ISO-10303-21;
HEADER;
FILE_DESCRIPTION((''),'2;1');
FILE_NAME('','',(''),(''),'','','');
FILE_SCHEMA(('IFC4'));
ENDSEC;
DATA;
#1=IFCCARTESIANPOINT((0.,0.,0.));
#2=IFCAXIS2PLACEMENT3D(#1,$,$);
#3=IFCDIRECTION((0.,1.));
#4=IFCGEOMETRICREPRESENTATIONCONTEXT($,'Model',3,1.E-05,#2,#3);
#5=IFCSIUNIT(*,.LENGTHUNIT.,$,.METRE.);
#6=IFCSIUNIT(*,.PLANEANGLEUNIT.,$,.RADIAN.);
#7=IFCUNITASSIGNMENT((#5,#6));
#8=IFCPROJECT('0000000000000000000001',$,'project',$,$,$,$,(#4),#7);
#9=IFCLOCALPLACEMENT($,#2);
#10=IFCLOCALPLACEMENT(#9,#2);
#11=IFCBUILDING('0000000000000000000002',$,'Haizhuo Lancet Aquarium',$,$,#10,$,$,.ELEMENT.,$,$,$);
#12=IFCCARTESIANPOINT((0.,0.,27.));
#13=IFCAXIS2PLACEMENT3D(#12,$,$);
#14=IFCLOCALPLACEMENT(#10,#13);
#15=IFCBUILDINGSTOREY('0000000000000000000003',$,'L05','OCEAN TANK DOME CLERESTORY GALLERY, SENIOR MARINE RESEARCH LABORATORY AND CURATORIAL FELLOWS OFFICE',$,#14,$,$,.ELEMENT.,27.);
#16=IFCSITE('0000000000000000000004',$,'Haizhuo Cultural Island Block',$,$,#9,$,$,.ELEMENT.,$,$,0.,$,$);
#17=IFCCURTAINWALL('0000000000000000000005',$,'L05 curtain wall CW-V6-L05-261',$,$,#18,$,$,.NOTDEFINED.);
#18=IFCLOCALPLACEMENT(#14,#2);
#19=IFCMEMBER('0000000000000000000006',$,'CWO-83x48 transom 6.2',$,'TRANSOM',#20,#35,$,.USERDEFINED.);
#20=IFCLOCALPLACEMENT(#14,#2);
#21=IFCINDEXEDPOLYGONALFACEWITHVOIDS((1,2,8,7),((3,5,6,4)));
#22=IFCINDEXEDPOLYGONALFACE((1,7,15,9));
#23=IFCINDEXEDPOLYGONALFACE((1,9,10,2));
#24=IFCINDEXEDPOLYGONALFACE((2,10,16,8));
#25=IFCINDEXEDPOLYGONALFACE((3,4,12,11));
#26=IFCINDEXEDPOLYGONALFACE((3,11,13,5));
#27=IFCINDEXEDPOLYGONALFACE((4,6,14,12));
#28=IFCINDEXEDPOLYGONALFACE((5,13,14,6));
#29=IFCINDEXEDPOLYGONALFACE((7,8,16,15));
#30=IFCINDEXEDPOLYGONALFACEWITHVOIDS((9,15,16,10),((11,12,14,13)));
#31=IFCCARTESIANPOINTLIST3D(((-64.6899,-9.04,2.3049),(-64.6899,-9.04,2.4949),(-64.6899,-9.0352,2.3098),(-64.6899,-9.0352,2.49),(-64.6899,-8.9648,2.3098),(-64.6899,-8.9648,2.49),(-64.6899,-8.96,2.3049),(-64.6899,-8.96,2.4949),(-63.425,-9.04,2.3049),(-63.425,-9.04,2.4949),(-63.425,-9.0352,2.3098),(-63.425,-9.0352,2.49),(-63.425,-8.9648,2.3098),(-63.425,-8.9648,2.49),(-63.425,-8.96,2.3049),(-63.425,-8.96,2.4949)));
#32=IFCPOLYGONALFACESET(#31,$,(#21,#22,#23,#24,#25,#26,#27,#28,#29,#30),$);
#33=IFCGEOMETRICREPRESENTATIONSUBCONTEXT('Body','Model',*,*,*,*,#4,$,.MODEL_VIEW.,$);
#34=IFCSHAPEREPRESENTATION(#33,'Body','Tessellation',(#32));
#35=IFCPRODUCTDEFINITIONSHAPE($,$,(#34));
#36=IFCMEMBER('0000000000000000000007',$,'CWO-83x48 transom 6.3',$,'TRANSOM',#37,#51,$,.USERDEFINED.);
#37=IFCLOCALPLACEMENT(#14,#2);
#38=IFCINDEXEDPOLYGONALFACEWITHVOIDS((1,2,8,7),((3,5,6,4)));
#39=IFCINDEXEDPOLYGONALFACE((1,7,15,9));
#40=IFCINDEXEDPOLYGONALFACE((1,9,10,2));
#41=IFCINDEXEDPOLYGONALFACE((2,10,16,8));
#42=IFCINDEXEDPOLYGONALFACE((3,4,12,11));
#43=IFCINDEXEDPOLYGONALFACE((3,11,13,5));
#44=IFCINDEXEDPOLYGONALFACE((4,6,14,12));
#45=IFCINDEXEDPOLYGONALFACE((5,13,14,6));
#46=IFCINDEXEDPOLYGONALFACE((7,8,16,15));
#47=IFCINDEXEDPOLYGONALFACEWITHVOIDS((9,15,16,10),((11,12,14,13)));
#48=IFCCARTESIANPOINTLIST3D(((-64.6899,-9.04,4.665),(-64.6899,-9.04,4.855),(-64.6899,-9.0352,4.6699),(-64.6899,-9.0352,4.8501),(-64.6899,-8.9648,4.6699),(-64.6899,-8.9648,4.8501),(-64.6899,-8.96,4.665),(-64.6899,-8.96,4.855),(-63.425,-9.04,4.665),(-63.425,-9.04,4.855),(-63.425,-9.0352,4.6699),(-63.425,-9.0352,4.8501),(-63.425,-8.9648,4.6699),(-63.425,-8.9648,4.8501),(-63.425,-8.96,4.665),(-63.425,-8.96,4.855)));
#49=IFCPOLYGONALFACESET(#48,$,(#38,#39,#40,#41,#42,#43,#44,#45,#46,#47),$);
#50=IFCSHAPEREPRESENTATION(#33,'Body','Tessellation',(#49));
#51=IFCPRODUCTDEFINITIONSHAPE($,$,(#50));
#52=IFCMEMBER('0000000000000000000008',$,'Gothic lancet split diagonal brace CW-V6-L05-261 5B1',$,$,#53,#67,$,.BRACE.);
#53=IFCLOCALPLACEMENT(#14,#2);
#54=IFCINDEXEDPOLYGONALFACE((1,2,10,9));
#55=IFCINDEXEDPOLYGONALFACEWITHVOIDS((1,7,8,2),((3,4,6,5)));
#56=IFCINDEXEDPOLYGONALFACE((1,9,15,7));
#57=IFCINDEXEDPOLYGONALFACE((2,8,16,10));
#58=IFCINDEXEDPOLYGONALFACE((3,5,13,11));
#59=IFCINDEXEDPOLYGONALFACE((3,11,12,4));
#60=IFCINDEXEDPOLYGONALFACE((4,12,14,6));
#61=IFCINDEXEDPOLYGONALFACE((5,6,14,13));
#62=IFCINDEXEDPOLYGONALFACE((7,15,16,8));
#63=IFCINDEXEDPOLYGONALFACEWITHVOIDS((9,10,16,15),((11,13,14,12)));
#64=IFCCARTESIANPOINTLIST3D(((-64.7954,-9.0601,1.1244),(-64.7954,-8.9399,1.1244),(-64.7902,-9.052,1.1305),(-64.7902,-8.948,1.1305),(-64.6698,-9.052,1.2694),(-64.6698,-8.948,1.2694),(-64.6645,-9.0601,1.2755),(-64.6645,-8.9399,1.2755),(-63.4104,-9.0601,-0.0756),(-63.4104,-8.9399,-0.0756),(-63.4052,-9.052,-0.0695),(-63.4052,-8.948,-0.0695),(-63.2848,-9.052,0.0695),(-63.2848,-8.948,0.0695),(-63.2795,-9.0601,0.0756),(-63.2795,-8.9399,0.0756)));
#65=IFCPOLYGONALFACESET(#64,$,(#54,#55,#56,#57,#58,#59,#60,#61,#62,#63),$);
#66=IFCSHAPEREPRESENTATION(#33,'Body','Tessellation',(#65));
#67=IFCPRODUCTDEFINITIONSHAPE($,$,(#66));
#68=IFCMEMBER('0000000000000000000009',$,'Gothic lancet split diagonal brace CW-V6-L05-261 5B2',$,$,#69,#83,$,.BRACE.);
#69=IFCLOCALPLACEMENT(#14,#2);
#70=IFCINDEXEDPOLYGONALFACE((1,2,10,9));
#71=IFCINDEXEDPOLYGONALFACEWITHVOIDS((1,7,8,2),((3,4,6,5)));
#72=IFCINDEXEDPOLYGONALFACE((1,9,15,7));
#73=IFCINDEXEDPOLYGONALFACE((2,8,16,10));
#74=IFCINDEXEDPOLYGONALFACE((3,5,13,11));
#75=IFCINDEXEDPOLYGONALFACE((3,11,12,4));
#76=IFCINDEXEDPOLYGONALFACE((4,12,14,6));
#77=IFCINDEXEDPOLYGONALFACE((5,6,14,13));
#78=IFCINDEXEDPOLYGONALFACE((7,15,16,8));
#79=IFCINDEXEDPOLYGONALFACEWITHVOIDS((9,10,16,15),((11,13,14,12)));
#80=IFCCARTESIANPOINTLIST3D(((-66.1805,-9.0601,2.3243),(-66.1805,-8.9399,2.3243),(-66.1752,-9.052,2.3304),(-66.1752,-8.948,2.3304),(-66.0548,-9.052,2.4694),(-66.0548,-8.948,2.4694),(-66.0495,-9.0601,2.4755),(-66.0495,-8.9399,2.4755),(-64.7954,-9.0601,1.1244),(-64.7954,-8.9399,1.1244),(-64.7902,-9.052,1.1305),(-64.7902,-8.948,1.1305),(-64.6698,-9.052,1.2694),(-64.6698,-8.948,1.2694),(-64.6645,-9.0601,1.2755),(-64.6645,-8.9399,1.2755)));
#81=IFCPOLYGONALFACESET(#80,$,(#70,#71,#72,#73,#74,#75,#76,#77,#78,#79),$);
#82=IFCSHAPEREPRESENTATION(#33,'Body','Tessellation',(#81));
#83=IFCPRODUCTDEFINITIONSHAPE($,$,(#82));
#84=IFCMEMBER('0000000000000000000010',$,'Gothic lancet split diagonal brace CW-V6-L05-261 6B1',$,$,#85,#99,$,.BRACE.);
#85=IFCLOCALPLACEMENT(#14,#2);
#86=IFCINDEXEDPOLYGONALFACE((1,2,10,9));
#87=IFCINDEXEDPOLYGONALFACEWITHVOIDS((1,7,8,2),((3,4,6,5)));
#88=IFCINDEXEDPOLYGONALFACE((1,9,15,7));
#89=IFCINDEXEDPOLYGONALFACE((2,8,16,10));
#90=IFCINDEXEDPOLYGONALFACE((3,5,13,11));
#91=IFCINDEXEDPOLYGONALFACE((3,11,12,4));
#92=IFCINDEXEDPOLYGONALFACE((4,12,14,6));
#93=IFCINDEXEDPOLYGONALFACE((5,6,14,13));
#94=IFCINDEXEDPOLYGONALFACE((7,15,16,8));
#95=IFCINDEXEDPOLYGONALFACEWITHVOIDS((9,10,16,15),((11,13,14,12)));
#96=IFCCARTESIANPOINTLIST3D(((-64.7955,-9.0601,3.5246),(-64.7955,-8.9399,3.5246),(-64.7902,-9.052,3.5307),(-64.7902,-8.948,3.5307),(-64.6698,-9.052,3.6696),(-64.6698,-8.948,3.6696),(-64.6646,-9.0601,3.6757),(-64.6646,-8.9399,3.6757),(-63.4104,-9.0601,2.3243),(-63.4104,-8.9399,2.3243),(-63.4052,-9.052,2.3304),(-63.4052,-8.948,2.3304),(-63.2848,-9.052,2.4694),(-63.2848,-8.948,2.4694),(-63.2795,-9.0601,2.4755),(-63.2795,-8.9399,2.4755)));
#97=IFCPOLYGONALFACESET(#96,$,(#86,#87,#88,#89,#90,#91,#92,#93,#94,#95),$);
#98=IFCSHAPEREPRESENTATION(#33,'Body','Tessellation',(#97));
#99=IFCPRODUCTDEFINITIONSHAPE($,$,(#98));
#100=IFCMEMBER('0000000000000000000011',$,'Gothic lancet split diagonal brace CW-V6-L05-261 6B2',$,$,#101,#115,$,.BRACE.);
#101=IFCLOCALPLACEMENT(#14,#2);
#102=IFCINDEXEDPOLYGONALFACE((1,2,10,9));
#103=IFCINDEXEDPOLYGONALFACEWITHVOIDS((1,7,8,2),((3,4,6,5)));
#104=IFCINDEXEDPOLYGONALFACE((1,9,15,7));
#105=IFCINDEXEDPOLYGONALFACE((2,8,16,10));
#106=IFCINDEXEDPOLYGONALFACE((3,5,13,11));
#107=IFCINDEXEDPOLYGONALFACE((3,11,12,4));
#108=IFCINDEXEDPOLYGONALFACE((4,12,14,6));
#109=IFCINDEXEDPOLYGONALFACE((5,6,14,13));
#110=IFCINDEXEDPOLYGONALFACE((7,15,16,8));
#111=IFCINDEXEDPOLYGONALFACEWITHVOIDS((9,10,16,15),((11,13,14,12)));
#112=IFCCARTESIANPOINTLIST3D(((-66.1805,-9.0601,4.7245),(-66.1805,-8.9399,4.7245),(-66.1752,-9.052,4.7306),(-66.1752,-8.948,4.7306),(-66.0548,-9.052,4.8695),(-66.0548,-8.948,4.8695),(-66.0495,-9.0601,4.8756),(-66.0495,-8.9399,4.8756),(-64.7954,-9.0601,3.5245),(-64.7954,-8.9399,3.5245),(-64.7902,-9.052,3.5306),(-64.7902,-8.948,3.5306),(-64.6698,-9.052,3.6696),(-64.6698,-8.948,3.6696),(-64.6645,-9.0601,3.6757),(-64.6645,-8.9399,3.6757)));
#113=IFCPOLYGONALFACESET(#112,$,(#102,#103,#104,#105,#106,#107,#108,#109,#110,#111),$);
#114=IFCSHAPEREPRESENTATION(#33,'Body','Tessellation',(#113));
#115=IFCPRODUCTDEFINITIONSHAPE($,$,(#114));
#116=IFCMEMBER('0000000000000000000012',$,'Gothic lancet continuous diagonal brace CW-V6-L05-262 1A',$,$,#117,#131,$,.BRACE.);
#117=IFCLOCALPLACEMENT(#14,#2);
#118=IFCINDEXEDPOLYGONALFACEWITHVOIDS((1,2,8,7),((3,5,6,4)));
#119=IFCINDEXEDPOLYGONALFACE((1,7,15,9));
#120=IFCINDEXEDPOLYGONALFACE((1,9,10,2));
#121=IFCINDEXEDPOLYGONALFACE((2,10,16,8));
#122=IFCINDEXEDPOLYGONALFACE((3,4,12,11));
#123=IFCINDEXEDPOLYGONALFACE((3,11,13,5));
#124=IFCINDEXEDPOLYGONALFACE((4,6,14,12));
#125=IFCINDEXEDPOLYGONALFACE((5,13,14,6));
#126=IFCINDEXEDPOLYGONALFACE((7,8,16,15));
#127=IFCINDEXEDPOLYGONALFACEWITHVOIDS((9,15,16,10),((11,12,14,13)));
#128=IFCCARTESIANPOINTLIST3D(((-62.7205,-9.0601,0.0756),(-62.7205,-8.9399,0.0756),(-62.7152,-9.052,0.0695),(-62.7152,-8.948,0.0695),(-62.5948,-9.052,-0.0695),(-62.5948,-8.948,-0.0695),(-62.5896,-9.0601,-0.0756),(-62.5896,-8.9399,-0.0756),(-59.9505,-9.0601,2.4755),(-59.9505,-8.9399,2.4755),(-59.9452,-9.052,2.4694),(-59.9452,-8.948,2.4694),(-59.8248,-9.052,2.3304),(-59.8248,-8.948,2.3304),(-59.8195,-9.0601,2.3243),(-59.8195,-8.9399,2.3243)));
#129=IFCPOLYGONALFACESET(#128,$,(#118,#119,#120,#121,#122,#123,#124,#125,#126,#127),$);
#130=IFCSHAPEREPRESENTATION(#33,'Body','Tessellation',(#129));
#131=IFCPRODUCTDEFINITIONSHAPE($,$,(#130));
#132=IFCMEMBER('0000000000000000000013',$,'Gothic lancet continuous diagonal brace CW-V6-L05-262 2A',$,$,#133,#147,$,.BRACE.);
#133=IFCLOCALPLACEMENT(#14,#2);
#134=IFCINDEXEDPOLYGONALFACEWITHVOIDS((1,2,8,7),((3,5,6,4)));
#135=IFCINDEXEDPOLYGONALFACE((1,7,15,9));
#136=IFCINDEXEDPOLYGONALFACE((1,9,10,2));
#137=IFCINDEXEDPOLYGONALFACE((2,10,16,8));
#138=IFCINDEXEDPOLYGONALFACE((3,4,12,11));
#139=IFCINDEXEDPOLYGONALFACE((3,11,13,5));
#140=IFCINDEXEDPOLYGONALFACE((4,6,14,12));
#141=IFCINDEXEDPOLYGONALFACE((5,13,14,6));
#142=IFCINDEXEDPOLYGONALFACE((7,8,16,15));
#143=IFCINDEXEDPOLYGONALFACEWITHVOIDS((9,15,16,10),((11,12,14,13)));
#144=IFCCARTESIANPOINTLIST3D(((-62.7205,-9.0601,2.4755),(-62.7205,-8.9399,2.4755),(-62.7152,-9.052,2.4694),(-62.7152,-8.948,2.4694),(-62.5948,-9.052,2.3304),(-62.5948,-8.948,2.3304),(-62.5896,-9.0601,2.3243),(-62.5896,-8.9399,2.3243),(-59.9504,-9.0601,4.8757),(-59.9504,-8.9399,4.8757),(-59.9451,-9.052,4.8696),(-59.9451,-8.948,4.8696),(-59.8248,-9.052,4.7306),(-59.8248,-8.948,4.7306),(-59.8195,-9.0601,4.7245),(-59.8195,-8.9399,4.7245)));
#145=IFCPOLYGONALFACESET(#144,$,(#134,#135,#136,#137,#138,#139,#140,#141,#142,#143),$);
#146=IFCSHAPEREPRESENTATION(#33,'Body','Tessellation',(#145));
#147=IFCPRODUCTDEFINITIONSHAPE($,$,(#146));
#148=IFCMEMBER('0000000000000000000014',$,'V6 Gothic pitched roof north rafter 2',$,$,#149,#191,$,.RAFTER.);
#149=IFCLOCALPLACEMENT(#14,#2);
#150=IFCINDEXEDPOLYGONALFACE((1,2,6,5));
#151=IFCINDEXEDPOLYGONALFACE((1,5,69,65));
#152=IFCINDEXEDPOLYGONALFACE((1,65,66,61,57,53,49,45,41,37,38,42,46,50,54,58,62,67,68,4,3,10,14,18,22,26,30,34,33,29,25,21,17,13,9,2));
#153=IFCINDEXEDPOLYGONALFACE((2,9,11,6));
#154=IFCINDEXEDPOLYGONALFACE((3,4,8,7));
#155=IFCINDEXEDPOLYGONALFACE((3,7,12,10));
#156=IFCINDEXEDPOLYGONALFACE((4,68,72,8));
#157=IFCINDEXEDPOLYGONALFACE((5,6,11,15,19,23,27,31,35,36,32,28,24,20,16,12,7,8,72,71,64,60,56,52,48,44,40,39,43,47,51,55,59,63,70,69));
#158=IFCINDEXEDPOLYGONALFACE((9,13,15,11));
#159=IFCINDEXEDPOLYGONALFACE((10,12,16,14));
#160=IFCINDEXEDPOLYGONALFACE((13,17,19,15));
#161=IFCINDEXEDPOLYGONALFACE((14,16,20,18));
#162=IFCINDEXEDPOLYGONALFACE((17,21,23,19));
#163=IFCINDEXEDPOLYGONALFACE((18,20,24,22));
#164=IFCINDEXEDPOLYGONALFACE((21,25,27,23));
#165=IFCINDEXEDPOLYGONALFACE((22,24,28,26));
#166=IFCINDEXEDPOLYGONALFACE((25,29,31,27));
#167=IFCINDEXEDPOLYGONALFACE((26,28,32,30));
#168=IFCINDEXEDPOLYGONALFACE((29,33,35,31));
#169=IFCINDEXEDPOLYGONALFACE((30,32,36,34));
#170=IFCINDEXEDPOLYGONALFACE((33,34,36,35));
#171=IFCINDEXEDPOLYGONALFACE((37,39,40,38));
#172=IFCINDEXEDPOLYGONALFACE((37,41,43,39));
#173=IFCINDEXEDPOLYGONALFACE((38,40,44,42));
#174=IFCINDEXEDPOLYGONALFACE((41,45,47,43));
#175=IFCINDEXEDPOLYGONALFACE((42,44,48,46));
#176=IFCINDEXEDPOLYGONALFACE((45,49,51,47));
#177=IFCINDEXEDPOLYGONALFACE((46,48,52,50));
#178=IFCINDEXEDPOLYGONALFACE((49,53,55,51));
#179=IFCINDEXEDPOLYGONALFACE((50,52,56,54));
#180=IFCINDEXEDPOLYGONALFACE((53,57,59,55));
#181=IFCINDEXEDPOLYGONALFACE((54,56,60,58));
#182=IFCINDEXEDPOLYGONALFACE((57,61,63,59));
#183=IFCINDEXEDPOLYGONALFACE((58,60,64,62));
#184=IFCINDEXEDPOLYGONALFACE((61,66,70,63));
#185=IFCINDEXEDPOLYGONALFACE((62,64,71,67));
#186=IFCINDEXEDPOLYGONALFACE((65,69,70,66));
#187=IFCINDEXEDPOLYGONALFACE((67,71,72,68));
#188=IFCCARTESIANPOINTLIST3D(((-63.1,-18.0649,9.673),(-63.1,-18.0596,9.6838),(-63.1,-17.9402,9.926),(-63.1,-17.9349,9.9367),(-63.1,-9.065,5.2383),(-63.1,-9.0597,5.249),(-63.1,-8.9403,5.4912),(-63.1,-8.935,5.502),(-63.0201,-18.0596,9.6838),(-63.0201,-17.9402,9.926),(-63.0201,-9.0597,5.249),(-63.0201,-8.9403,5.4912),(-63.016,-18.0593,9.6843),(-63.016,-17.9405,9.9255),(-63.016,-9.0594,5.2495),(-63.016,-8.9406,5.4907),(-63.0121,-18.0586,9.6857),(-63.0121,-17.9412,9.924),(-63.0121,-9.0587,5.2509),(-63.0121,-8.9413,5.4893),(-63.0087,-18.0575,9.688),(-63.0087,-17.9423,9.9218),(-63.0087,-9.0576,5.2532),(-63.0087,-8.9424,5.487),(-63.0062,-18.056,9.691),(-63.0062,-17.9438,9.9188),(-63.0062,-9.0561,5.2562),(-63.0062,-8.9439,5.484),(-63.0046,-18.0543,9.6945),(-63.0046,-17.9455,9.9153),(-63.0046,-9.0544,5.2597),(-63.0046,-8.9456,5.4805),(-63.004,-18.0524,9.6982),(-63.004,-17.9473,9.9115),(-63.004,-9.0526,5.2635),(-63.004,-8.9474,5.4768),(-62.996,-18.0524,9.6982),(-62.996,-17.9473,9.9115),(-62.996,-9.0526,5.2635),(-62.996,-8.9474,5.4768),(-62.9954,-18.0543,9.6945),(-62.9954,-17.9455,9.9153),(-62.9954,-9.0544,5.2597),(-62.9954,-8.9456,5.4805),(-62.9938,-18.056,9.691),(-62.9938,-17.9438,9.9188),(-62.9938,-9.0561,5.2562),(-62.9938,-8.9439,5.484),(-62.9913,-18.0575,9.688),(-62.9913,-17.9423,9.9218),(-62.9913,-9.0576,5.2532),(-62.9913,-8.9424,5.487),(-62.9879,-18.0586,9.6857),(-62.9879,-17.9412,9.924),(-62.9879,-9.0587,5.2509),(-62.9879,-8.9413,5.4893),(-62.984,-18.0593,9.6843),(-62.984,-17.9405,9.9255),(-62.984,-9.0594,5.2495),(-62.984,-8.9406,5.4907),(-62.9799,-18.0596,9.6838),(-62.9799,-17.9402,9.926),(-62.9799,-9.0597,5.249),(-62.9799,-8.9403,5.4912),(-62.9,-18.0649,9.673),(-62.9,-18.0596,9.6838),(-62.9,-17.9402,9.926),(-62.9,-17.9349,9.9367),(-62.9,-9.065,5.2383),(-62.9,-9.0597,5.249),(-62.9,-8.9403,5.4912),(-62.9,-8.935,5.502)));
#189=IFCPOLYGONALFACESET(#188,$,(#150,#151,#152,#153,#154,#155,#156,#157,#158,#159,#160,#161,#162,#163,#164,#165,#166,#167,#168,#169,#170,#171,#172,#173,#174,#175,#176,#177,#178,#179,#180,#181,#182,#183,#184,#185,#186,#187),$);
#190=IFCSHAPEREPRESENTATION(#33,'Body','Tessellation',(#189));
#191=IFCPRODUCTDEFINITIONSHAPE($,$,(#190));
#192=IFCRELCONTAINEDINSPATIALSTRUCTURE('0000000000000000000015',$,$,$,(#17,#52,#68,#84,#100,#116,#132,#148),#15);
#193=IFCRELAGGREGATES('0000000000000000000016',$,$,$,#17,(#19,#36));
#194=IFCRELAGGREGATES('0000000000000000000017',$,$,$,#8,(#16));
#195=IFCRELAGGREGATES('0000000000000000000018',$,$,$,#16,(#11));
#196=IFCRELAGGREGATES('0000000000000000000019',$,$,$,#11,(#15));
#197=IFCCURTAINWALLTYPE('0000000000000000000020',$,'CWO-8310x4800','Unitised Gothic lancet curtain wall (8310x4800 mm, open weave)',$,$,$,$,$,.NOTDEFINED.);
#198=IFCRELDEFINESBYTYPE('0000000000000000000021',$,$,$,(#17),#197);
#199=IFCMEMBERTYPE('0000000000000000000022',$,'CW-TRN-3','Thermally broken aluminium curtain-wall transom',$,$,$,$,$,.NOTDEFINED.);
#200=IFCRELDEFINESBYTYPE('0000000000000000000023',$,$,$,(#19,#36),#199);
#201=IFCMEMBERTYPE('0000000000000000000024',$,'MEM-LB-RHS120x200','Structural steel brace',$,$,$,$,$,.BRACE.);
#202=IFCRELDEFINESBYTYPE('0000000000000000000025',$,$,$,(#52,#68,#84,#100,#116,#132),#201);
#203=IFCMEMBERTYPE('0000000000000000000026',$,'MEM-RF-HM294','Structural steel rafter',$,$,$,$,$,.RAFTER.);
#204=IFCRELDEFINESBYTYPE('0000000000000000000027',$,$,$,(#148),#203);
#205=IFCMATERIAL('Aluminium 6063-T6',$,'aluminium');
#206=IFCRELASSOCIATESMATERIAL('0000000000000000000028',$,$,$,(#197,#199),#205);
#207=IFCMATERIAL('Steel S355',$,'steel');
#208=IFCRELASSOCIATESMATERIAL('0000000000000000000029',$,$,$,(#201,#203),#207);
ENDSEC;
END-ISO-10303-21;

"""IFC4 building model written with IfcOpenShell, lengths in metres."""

from ifc_helpers import new_model, si_unit, direction, frame, origin, origin_2d, place, context, subcontext, project, spatial, hollow_rectangle, i_section, extrude, material, material_profile, profile_set, type_object, element, aggregate, save


model = new_model("IFC4")

# Units and contexts
model_context = context("Model", 3, precision=1e-05, world=origin(), true_north=direction((0.0, 1.0)))
body_context = subcontext(model_context, "Body", "Model", "MODEL_VIEW")
ifc_project = project(units=[si_unit("LENGTHUNIT", "METRE"), si_unit("PLANEANGLEUNIT", "RADIAN")], contexts=[model_context])

# Site, building, storey
site_placement = place(None, origin())
site = spatial("IfcSite", under=ifc_project, at=site_placement, Name="Haizhuo Cultural Island Block", CompositionType="ELEMENT", RefElevation=0.0)
building_placement = place(site_placement, origin())
building = spatial("IfcBuilding", under=site, at=building_placement, Name="Haizhuo Lancet Aquarium", CompositionType="ELEMENT")
storey_placement = place(building_placement, frame((0.0, 0.0, 27.0)))
storey = spatial("IfcBuildingStorey", under=building, at=storey_placement, Name="L05", Description="OCEAN TANK DOME CLERESTORY GALLERY, SENIOR MARINE RESEARCH LABORATORY AND CURATORIAL FELLOWS OFFICE", CompositionType="ELEMENT", Elevation=27.0)

# Shared definitions
ifc_material_1 = material(Name="Steel S355", Category="steel")

# Shared definitions
ifc_material_2 = material(Name="Aluminium 6063-T6", Category="aluminium")
curtain_wall_type = type_object("IfcCurtainWallType", Name="CWO-8310x4800", Description="Unitised Gothic lancet curtain wall (8310x4800 mm, open weave)", PredefinedType="NOTDEFINED", material=ifc_material_2)

# Curtain wall, members
curtain_wall_1_placement = place(storey_placement, origin())
curtain_wall_1 = element("IfcCurtainWall", 1, at=curtain_wall_1_placement, inside=storey, type_object=curtain_wall_type, Name="L05 curtain wall CW-V6-L05-261", PredefinedType="NOTDEFINED")
ifc_material_profile_1 = material_profile(ifc_material_2, hollow_rectangle(XDim=0.0801, YDim=0.1899, WallThickness=0.0049, at=origin_2d()), Name="ALU-T 80x190x5")
ifc_profile_set_1 = profile_set([ifc_material_profile_1], Name="Aluminium 6063-T6")
member_type_1 = type_object("IfcMemberType", Name="CW-TRN-3", Description="Thermally broken aluminium curtain-wall transom", PredefinedType="NOTDEFINED", material=ifc_profile_set_1)
member_1_placement = place(storey_placement, frame((-64.6899, -9.0, 2.3999), z_axis=(1.0, 0.0, 0.0), x_axis=(0.0, 1.0, 0.0)))
member_1 = element("IfcMember", 2, at=member_1_placement, type_object=member_type_1, Name="CWO-83x48 transom 6.2", ObjectType="TRANSOM", PredefinedType="USERDEFINED", context=body_context, shape_type="SweptSolid", body=[
    extrude(hollow_rectangle(XDim=0.0801, YDim=0.1899, WallThickness=0.0049, at=origin_2d()), origin(), (0.0, 0.0, 1.0), 1.2649),
])
member_2_placement = place(storey_placement, frame((-64.6899, -9.0, 4.76), z_axis=(1.0, 0.0, 0.0), x_axis=(0.0, 1.0, 0.0)))
member_2 = element("IfcMember", 3, at=member_2_placement, type_object=member_type_1, Name="CWO-83x48 transom 6.3", ObjectType="TRANSOM", PredefinedType="USERDEFINED", context=body_context, shape_type="SweptSolid", body=[
    extrude(hollow_rectangle(XDim=0.0801, YDim=0.1899, WallThickness=0.0049, at=origin_2d()), origin(), (0.0, 0.0, 1.0), 1.2649),
])

# Members
ifc_material_profile_2 = material_profile(ifc_material_1, hollow_rectangle(XDim=0.1201, YDim=0.2, WallThickness=0.0081, at=origin_2d()), Name="RHS 120x200x8")
ifc_profile_set_2 = profile_set([ifc_material_profile_2], Name="Steel S355")
member_type_2 = type_object("IfcMemberType", Name="MEM-LB-RHS120x200", Description="Structural steel brace", PredefinedType="BRACE", material=ifc_profile_set_2)
for number, where, z_axis, x_axis, name in (
    (4, (-63.345, -9.0, 0.0), (-0.755795, 0.0, 0.654809), (0.0, -1.0, 0.0), "Gothic lancet split diagonal brace CW-V6-L05-261 5B1"),
    (5, (-64.73, -9.0, 1.2), (-0.755795, 0.0, 0.654809), (0.0, -1.0, 0.0), "Gothic lancet split diagonal brace CW-V6-L05-261 5B2"),
):
    element("IfcMember", number, at=place(storey_placement, frame(where, z_axis=z_axis, x_axis=x_axis)), inside=storey, type_object=member_type_2, Name=name, PredefinedType="BRACE", context=body_context, shape_type="SweptSolid", body=[
        extrude(hollow_rectangle(XDim=0.1201, YDim=0.2, WallThickness=0.0081, at=origin_2d()), origin(), (0.0, 0.0, 1.0), 1.8325),
    ])
member_3_placement = place(storey_placement, frame((-63.345, -9.0, 2.3999), z_axis=(-0.755729, 0.0, 0.654885), x_axis=(0.0, -1.0, 0.0)))
element("IfcMember", 6, at=member_3_placement, inside=storey, type_object=member_type_2, Name="Gothic lancet split diagonal brace CW-V6-L05-261 6B1", PredefinedType="BRACE", context=body_context, shape_type="SweptSolid", body=[
    extrude(hollow_rectangle(XDim=0.1201, YDim=0.2, WallThickness=0.0081, at=origin_2d()), origin(), (0.0, 0.0, 1.0), 1.8328),
])
member_4_placement = place(storey_placement, frame((-64.73, -9.0, 3.6001), z_axis=(-0.755795, 0.0, 0.654809), x_axis=(0.0, -1.0, 0.0)))
element("IfcMember", 7, at=member_4_placement, inside=storey, type_object=member_type_2, Name="Gothic lancet split diagonal brace CW-V6-L05-261 6B2", PredefinedType="BRACE", context=body_context, shape_type="SweptSolid", body=[
    extrude(hollow_rectangle(XDim=0.1201, YDim=0.2, WallThickness=0.0081, at=origin_2d()), origin(), (0.0, 0.0, 1.0), 1.8325),
])
member_5_placement = place(storey_placement, frame((-62.655, -9.0, 0.0), z_axis=(0.755795, 0.0, 0.654809), x_axis=(0.0, 1.0, 0.0)))
element("IfcMember", 8, at=member_5_placement, inside=storey, type_object=member_type_2, Name="Gothic lancet continuous diagonal brace CW-V6-L05-262 1A", PredefinedType="BRACE", context=body_context, shape_type="SweptSolid", body=[
    extrude(hollow_rectangle(XDim=0.1201, YDim=0.2, WallThickness=0.0081, at=origin_2d()), origin(), (0.0, 0.0, 1.0), 3.665),
])
member_6_placement = place(storey_placement, frame((-62.655, -9.0, 2.3999), z_axis=(0.755762, 0.0, 0.654847), x_axis=(0.0, 1.0, 0.0)))
element("IfcMember", 9, at=member_6_placement, inside=storey, type_object=member_type_2, Name="Gothic lancet continuous diagonal brace CW-V6-L05-262 2A", PredefinedType="BRACE", context=body_context, shape_type="SweptSolid", body=[
    extrude(hollow_rectangle(XDim=0.1201, YDim=0.2, WallThickness=0.0081, at=origin_2d()), origin(), (0.0, 0.0, 1.0), 3.6653),
])
ifc_material_profile_3 = material_profile(ifc_material_1, i_section(OverallWidth=0.2, OverallDepth=0.2939, WebThickness=0.0081, FlangeThickness=0.012, FilletRadius=0.0161, at=origin_2d()), Name="HM 294x200x8x12")
ifc_profile_set_3 = profile_set([ifc_material_profile_3], Name="Steel S355")
member_type_3 = type_object("IfcMemberType", Name="MEM-RF-HM294", Description="Structural steel rafter", PredefinedType="RAFTER", material=ifc_profile_set_3)
member_7_placement = place(storey_placement, frame((-63.0, -9.0, 5.3701), z_axis=(0.0, -0.897011, 0.442009), x_axis=(1.0, 0.0, 0.0)))
element("IfcMember", 10, at=member_7_placement, inside=storey, type_object=member_type_3, Name="V6 Gothic pitched roof north rafter 2", PredefinedType="RAFTER", context=body_context, shape_type="SweptSolid", body=[
    extrude(i_section(OverallWidth=0.2, OverallDepth=0.2939, WebThickness=0.0081, FlangeThickness=0.012, FilletRadius=0.0161, at=origin_2d()), origin(), (0.0, 0.0, 1.0), 10.0332),
])

aggregate(curtain_wall_1, [member_1, member_2])

save(model, "model.ifc")
